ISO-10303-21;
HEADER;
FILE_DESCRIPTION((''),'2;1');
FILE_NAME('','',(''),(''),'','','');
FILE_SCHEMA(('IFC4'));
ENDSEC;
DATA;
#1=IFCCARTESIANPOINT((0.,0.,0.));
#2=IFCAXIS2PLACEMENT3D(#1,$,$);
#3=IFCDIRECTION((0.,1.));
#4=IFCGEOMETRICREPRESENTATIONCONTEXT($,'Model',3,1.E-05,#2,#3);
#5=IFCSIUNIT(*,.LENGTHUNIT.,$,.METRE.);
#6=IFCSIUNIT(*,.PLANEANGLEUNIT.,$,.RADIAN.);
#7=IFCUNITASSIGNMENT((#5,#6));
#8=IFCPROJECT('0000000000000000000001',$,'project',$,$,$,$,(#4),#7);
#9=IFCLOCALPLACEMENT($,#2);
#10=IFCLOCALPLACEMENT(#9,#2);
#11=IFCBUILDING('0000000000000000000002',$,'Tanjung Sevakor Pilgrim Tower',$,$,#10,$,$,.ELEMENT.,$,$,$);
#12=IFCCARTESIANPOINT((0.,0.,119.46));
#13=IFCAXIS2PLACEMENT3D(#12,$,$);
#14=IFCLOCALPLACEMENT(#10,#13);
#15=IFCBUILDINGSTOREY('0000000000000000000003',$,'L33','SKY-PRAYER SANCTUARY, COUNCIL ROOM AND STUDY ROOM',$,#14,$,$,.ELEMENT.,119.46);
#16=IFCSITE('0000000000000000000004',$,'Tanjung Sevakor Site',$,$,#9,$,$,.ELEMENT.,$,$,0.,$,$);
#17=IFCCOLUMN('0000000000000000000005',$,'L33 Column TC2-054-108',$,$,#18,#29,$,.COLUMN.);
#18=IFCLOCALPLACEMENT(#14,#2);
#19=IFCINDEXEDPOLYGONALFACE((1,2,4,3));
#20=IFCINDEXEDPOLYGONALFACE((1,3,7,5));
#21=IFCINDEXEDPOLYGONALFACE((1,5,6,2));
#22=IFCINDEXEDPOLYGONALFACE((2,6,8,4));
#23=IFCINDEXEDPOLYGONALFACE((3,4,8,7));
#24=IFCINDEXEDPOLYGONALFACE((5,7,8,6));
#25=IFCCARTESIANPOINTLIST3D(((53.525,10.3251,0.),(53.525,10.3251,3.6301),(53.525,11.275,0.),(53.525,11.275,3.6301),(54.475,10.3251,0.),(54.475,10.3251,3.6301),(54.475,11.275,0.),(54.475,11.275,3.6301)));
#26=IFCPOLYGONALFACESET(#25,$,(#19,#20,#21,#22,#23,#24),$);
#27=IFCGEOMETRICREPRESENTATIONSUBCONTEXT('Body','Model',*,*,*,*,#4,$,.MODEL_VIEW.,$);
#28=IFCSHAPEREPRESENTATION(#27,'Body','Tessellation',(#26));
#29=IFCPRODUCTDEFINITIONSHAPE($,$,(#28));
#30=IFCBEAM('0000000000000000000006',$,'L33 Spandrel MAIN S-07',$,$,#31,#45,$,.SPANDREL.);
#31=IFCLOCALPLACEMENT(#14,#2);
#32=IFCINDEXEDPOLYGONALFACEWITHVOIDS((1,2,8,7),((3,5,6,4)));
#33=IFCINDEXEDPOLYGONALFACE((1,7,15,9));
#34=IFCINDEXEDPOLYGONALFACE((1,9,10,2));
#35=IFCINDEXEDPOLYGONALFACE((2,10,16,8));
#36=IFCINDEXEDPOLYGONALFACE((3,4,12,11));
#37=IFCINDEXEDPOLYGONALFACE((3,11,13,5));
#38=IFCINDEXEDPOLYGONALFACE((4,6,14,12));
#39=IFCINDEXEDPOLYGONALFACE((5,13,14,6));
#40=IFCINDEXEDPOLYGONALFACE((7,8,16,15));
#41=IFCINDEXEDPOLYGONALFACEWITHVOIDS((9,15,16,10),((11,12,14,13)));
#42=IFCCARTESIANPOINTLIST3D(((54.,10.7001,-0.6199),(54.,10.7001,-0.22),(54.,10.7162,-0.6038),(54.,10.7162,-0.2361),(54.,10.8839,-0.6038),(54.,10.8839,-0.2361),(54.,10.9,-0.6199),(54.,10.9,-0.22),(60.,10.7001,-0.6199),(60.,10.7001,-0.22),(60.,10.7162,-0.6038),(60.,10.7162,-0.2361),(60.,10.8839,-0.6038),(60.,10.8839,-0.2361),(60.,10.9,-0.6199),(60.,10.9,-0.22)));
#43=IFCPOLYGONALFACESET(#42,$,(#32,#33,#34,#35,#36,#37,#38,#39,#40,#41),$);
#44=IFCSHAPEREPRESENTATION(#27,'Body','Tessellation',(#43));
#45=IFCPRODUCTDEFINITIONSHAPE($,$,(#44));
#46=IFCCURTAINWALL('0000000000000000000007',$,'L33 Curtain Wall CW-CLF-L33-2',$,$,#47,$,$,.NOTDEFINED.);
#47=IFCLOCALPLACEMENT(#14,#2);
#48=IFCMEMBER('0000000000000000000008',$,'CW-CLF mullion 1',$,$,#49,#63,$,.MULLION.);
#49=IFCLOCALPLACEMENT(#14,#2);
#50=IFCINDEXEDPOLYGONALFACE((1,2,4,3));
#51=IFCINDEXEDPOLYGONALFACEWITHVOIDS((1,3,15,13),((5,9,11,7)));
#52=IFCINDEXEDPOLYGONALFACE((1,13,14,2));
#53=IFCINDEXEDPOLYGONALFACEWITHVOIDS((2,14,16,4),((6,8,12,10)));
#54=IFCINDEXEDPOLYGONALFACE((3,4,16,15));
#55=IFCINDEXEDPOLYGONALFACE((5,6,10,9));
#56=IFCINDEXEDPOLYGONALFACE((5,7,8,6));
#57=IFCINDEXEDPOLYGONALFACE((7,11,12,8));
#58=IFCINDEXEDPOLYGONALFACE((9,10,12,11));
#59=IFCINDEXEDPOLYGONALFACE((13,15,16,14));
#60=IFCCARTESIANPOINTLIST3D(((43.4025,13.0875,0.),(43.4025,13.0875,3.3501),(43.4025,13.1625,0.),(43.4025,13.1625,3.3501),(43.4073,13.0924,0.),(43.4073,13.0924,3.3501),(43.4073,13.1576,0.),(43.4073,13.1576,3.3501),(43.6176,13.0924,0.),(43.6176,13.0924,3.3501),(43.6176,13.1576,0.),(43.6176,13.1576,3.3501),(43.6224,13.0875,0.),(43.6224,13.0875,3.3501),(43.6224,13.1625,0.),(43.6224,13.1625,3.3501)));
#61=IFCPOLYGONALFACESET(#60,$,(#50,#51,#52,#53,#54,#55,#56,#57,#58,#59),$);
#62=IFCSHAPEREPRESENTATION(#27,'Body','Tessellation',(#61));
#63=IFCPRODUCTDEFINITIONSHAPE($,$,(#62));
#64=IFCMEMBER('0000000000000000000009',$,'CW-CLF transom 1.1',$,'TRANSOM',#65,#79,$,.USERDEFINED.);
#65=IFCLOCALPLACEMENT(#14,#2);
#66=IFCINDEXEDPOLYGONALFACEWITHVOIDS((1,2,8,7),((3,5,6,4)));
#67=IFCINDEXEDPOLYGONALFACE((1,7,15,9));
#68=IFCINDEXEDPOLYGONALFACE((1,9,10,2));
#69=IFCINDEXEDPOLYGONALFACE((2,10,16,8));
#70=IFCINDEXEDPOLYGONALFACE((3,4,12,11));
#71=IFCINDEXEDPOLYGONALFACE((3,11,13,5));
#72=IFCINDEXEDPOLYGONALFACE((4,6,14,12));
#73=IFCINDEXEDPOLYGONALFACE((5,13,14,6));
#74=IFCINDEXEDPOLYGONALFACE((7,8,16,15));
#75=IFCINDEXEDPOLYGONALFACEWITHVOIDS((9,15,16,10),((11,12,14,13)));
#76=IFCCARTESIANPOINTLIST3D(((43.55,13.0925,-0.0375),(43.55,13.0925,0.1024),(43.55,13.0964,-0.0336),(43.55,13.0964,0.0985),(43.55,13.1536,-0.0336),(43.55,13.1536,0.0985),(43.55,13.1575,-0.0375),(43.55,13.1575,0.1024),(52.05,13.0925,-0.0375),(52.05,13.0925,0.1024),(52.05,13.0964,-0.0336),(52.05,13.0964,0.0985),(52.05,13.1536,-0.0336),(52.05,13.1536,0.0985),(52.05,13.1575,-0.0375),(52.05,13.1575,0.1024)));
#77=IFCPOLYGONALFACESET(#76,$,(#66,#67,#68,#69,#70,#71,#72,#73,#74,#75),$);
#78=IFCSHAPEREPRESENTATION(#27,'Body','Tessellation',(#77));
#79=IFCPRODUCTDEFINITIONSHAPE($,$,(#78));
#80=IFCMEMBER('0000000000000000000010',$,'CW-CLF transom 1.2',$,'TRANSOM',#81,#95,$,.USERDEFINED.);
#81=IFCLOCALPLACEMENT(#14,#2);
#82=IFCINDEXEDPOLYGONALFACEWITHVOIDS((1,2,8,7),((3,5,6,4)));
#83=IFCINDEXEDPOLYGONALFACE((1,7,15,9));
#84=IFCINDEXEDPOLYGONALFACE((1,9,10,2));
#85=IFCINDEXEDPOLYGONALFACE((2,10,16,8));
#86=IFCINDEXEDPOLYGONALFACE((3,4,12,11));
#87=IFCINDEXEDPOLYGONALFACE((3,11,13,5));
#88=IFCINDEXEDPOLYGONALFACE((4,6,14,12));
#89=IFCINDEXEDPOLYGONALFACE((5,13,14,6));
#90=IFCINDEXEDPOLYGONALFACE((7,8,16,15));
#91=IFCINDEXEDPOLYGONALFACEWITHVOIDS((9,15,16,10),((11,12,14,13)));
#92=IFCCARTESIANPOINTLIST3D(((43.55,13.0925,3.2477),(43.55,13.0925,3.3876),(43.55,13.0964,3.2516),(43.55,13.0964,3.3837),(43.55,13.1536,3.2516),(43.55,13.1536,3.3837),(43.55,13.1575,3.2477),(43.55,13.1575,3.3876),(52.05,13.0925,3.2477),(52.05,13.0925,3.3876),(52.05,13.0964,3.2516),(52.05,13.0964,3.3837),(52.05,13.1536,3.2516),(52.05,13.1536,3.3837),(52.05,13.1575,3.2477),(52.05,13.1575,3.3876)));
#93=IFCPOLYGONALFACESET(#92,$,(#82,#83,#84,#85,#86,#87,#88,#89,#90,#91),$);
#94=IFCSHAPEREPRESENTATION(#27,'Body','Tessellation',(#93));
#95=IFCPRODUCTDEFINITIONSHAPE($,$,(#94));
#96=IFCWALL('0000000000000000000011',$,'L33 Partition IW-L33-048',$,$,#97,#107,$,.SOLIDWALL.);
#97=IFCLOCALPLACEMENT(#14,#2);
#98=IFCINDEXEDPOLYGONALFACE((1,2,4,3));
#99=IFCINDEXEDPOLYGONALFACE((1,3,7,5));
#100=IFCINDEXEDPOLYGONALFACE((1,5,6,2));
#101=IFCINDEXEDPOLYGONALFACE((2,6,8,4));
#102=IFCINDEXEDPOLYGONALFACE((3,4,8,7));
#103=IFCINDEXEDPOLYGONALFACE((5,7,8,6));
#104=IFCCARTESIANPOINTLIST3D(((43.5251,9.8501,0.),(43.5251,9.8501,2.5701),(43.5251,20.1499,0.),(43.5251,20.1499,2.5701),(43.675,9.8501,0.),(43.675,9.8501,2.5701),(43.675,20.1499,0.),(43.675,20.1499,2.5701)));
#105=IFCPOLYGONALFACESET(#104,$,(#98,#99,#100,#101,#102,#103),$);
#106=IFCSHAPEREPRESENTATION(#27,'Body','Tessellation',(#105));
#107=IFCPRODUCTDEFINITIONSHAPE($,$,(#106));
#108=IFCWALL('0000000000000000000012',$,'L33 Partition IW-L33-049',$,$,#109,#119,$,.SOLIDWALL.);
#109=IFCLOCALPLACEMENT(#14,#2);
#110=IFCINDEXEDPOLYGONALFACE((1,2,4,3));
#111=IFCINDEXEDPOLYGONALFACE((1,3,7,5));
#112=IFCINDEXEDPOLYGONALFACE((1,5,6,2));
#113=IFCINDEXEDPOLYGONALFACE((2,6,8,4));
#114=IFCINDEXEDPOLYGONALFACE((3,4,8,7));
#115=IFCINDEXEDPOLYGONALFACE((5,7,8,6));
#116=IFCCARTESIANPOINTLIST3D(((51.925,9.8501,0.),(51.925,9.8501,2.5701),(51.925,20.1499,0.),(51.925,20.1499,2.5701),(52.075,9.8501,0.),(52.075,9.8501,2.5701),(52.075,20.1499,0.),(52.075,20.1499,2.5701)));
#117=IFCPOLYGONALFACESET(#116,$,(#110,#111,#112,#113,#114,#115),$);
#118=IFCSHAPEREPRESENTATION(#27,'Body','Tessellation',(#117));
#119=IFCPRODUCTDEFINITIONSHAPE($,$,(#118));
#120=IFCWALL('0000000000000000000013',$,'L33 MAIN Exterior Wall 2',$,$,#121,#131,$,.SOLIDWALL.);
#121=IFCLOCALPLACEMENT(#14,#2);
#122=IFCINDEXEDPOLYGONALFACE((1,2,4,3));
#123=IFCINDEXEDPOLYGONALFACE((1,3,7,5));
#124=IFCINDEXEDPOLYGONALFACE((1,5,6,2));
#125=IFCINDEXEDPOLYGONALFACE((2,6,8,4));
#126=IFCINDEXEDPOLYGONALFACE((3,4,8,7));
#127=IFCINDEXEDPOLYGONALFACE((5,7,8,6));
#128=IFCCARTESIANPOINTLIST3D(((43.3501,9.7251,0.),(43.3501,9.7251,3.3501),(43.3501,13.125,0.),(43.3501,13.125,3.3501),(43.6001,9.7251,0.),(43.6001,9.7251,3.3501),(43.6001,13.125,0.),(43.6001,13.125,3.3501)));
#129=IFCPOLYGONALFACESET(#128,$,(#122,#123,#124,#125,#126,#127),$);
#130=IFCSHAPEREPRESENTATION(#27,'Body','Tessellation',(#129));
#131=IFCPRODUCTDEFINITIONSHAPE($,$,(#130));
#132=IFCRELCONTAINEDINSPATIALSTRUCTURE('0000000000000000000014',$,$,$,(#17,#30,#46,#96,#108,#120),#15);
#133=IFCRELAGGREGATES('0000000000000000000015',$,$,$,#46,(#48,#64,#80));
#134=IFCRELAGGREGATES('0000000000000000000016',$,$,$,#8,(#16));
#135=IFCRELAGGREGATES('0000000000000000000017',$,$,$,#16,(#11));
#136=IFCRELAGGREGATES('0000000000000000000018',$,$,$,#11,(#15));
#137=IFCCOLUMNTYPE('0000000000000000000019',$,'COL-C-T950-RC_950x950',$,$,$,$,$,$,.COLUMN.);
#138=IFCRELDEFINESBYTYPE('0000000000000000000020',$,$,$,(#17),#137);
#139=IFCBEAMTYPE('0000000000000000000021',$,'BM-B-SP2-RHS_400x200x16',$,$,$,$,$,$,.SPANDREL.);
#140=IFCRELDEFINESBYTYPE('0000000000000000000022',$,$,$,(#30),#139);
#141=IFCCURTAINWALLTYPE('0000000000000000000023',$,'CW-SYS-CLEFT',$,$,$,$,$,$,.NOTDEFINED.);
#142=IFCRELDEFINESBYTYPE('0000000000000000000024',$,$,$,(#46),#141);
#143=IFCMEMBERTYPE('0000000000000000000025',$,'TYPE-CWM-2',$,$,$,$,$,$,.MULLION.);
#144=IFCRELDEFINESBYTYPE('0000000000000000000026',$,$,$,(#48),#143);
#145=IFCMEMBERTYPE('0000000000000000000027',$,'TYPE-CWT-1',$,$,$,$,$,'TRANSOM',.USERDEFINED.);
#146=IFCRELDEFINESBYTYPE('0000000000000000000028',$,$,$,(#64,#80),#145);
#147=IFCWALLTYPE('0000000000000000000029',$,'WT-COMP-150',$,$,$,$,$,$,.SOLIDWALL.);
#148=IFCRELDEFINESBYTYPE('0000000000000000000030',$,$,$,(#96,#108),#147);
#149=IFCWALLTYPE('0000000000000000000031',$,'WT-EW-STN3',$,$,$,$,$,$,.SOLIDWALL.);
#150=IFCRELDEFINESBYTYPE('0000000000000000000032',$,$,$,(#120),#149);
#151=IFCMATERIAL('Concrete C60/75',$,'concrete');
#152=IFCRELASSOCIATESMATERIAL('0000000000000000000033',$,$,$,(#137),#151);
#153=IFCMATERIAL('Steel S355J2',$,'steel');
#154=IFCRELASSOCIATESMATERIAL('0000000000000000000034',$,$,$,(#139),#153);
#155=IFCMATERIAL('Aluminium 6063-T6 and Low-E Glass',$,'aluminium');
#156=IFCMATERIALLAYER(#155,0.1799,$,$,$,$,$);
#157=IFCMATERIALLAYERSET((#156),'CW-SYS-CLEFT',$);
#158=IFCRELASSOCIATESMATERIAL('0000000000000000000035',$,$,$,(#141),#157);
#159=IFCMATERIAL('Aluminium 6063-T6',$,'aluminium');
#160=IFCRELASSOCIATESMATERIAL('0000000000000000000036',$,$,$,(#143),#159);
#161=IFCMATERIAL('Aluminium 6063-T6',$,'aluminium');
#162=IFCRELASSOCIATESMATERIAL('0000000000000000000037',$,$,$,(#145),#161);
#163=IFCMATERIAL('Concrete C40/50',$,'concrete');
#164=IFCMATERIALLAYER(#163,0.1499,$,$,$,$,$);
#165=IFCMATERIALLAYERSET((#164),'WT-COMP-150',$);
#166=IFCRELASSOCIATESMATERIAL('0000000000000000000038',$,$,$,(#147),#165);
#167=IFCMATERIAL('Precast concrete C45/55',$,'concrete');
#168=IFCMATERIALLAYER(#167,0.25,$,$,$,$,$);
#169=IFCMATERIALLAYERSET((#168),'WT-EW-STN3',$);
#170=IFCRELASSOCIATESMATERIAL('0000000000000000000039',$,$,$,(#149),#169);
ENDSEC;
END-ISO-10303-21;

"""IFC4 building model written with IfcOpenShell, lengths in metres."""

from ifc_helpers import new_model, si_unit, direction, frame, frame_2d, origin, origin_2d, place, context, subcontext, project, spatial, rectangle, hollow_rectangle, extrude, material, layer, layer_set, material_profile, profile_set, type_object, element, aggregate, save


model = new_model("IFC4")

# Units and contexts
model_context = context("Model", 3, precision=1e-05, world=origin(), true_north=direction((0.0, 1.0)))
body_context = subcontext(model_context, "Body", "Model", "MODEL_VIEW")
ifc_project = project(units=[si_unit("LENGTHUNIT", "METRE"), si_unit("PLANEANGLEUNIT", "RADIAN")], contexts=[model_context])

# Site, building, storey
site_placement = place(None, origin())
site = spatial("IfcSite", under=ifc_project, at=site_placement, Name="Tanjung Sevakor Site", CompositionType="ELEMENT", RefElevation=0.0)
building_placement = place(site_placement, origin())
building = spatial("IfcBuilding", under=site, at=building_placement, Name="Tanjung Sevakor Pilgrim Tower", CompositionType="ELEMENT")
storey_placement = place(building_placement, frame((0.0, 0.0, 119.46)))
storey = spatial("IfcBuildingStorey", under=building, at=storey_placement, Name="L33", Description="SKY-PRAYER SANCTUARY, COUNCIL ROOM AND STUDY ROOM", CompositionType="ELEMENT", Elevation=119.46)

# Column
ifc_material_1 = material(Name="Concrete C60/75", Category="concrete")
ifc_material_profile_1 = material_profile(ifc_material_1, rectangle(XDim=0.95, YDim=0.95, at=origin_2d()))
ifc_profile_set_1 = profile_set([ifc_material_profile_1], Name="Concrete C60/75")
column_type = type_object("IfcColumnType", Name="COL-C-T950-RC_950x950", PredefinedType="COLUMN", material=ifc_profile_set_1)
column_placement = place(storey_placement, frame((54.0, 10.8, 0.0), z_axis=(0.0, 0.0, 1.0), x_axis=(1.0, 0.0, 0.0)))
element("IfcColumn", 1, at=column_placement, inside=storey, type_object=column_type, Name="L33 Column TC2-054-108", PredefinedType="COLUMN", context=body_context, shape_type="SweptSolid", body=[
    extrude(rectangle(XDim=0.95, YDim=0.95, at=origin_2d()), origin(), (0.0, 0.0, 1.0), 3.6301),
])

# Beam
ifc_material_2 = material(Name="Steel S355J2", Category="steel")
ifc_material_profile_2 = material_profile(ifc_material_2, hollow_rectangle(XDim=0.2, YDim=0.3999, WallThickness=0.0161, at=origin_2d()))
ifc_profile_set_2 = profile_set([ifc_material_profile_2], Name="Steel S355J2")
beam_type = type_object("IfcBeamType", Name="BM-B-SP2-RHS_400x200x16", PredefinedType="SPANDREL", material=ifc_profile_set_2)
beam_placement = place(storey_placement, frame((54.0, 10.8, -0.4199), z_axis=(1.0, 0.0, 0.0), x_axis=(0.0, 1.0, 0.0)))
element("IfcBeam", 2, at=beam_placement, inside=storey, type_object=beam_type, Name="L33 Spandrel MAIN S-07", PredefinedType="SPANDREL", context=body_context, shape_type="SweptSolid", body=[
    extrude(hollow_rectangle(XDim=0.2, YDim=0.3999, WallThickness=0.0161, at=origin_2d()), origin(), (0.0, 0.0, 1.0), 6.0),
])

# Curtain wall, members
ifc_material_3 = material(Name="Aluminium 6063-T6 and Low-E Glass", Category="aluminium")
ifc_layer_1 = layer(ifc_material_3, 0.1799)
ifc_layer_set_1 = layer_set([ifc_layer_1], Name="CW-SYS-CLEFT")
curtain_wall_type = type_object("IfcCurtainWallType", Name="CW-SYS-CLEFT", PredefinedType="NOTDEFINED", material=ifc_layer_set_1)
curtain_wall_placement = place(storey_placement, origin())
curtain_wall = element("IfcCurtainWall", 3, at=curtain_wall_placement, inside=storey, type_object=curtain_wall_type, Name="L33 Curtain Wall CW-CLF-L33-2", PredefinedType="NOTDEFINED")
ifc_material_4 = material(Name="Aluminium 6063-T6", Category="aluminium")
ifc_material_profile_3 = material_profile(ifc_material_4, hollow_rectangle(XDim=0.075, YDim=0.22, WallThickness=0.0049, at=origin_2d()))
ifc_profile_set_3 = profile_set([ifc_material_profile_3], Name="Aluminium 6063-T6")
member_type_1 = type_object("IfcMemberType", Name="TYPE-CWM-2", PredefinedType="MULLION", material=ifc_profile_set_3)
member_1_placement = place(storey_placement, frame((43.5125, 13.125, 0.0), z_axis=(0.0, 0.0, 1.0), x_axis=(0.0, 1.0, 0.0)))
member_1 = element("IfcMember", 4, at=member_1_placement, type_object=member_type_1, Name="CW-CLF mullion 1", PredefinedType="MULLION", context=body_context, shape_type="SweptSolid", body=[
    extrude(hollow_rectangle(XDim=0.075, YDim=0.22, WallThickness=0.0049, at=origin_2d()), origin(), (0.0, 0.0, 1.0), 3.3501),
])
ifc_material_5 = material(Name="Aluminium 6063-T6", Category="aluminium")
ifc_material_profile_4 = material_profile(ifc_material_5, hollow_rectangle(XDim=0.0649, YDim=0.1399, WallThickness=0.0039, at=origin_2d()))
ifc_profile_set_4 = profile_set([ifc_material_profile_4], Name="Aluminium 6063-T6")
member_type_2 = type_object("IfcMemberType", Name="TYPE-CWT-1", ElementType="TRANSOM", PredefinedType="USERDEFINED", material=ifc_profile_set_4)
member_2_placement = place(storey_placement, frame((43.55, 13.125, 0.0325), z_axis=(1.0, 0.0, 0.0), x_axis=(0.0, 1.0, 0.0)))
member_2 = element("IfcMember", 5, at=member_2_placement, type_object=member_type_2, Name="CW-CLF transom 1.1", ObjectType="TRANSOM", PredefinedType="USERDEFINED", context=body_context, shape_type="SweptSolid", body=[
    extrude(hollow_rectangle(XDim=0.0649, YDim=0.1399, WallThickness=0.0039, at=origin_2d()), origin(), (0.0, 0.0, 1.0), 8.5),
])
member_3_placement = place(storey_placement, frame((43.55, 13.125, 3.3176), z_axis=(1.0, 0.0, 0.0), x_axis=(0.0, 1.0, 0.0)))
member_3 = element("IfcMember", 6, at=member_3_placement, type_object=member_type_2, Name="CW-CLF transom 1.2", ObjectType="TRANSOM", PredefinedType="USERDEFINED", context=body_context, shape_type="SweptSolid", body=[
    extrude(hollow_rectangle(XDim=0.0649, YDim=0.1399, WallThickness=0.0039, at=origin_2d()), origin(), (0.0, 0.0, 1.0), 8.5),
])
aggregate(curtain_wall, [member_1, member_2, member_3])

# Walls
ifc_material_6 = material(Name="Concrete C40/50", Category="concrete")
ifc_layer_2 = layer(ifc_material_6, 0.1499)
ifc_layer_set_2 = layer_set([ifc_layer_2], Name="WT-COMP-150")
wall_type_1 = type_object("IfcWallType", Name="WT-COMP-150", PredefinedType="SOLIDWALL", material=ifc_layer_set_2)
for number, where, z_axis, x_axis, name in (
    (7, (43.6001, 9.8501, 0.0), (0.0, 0.0, 1.0), (0.0, 1.0, 0.0), "L33 Partition IW-L33-048"),
    (8, (52.0, 9.8501, 0.0), (0.0, 0.0, 1.0), (0.0, 1.0, 0.0), "L33 Partition IW-L33-049"),
):
    element("IfcWall", number, at=place(storey_placement, frame(where, z_axis=z_axis, x_axis=x_axis)), inside=storey, type_object=wall_type_1, Name=name, PredefinedType="SOLIDWALL", context=body_context, shape_type="SweptSolid", body=[
        extrude(rectangle(XDim=10.2998, YDim=0.1499, at=frame_2d((5.1499, 0.0))), origin(), (0.0, 0.0, 1.0), 2.5701),
    ])
ifc_material_7 = material(Name="Precast concrete C45/55", Category="concrete")
ifc_layer_3 = layer(ifc_material_7, 0.25)
ifc_layer_set_3 = layer_set([ifc_layer_3], Name="WT-EW-STN3")
wall_type_2 = type_object("IfcWallType", Name="WT-EW-STN3", PredefinedType="SOLIDWALL", material=ifc_layer_set_3)
wall_1_placement = place(storey_placement, frame((43.4751, 9.7251, 0.0), z_axis=(0.0, 0.0, 1.0), x_axis=(0.0, 1.0, 0.0)))
element("IfcWall", 9, at=wall_1_placement, inside=storey, type_object=wall_type_2, Name="L33 MAIN Exterior Wall 2", PredefinedType="SOLIDWALL", context=body_context, shape_type="SweptSolid", body=[
    extrude(rectangle(XDim=3.3999, YDim=0.25, at=frame_2d((1.7, 0.0))), origin(), (0.0, 0.0, 1.0), 3.3501),
])

save(model, "model.ifc")
